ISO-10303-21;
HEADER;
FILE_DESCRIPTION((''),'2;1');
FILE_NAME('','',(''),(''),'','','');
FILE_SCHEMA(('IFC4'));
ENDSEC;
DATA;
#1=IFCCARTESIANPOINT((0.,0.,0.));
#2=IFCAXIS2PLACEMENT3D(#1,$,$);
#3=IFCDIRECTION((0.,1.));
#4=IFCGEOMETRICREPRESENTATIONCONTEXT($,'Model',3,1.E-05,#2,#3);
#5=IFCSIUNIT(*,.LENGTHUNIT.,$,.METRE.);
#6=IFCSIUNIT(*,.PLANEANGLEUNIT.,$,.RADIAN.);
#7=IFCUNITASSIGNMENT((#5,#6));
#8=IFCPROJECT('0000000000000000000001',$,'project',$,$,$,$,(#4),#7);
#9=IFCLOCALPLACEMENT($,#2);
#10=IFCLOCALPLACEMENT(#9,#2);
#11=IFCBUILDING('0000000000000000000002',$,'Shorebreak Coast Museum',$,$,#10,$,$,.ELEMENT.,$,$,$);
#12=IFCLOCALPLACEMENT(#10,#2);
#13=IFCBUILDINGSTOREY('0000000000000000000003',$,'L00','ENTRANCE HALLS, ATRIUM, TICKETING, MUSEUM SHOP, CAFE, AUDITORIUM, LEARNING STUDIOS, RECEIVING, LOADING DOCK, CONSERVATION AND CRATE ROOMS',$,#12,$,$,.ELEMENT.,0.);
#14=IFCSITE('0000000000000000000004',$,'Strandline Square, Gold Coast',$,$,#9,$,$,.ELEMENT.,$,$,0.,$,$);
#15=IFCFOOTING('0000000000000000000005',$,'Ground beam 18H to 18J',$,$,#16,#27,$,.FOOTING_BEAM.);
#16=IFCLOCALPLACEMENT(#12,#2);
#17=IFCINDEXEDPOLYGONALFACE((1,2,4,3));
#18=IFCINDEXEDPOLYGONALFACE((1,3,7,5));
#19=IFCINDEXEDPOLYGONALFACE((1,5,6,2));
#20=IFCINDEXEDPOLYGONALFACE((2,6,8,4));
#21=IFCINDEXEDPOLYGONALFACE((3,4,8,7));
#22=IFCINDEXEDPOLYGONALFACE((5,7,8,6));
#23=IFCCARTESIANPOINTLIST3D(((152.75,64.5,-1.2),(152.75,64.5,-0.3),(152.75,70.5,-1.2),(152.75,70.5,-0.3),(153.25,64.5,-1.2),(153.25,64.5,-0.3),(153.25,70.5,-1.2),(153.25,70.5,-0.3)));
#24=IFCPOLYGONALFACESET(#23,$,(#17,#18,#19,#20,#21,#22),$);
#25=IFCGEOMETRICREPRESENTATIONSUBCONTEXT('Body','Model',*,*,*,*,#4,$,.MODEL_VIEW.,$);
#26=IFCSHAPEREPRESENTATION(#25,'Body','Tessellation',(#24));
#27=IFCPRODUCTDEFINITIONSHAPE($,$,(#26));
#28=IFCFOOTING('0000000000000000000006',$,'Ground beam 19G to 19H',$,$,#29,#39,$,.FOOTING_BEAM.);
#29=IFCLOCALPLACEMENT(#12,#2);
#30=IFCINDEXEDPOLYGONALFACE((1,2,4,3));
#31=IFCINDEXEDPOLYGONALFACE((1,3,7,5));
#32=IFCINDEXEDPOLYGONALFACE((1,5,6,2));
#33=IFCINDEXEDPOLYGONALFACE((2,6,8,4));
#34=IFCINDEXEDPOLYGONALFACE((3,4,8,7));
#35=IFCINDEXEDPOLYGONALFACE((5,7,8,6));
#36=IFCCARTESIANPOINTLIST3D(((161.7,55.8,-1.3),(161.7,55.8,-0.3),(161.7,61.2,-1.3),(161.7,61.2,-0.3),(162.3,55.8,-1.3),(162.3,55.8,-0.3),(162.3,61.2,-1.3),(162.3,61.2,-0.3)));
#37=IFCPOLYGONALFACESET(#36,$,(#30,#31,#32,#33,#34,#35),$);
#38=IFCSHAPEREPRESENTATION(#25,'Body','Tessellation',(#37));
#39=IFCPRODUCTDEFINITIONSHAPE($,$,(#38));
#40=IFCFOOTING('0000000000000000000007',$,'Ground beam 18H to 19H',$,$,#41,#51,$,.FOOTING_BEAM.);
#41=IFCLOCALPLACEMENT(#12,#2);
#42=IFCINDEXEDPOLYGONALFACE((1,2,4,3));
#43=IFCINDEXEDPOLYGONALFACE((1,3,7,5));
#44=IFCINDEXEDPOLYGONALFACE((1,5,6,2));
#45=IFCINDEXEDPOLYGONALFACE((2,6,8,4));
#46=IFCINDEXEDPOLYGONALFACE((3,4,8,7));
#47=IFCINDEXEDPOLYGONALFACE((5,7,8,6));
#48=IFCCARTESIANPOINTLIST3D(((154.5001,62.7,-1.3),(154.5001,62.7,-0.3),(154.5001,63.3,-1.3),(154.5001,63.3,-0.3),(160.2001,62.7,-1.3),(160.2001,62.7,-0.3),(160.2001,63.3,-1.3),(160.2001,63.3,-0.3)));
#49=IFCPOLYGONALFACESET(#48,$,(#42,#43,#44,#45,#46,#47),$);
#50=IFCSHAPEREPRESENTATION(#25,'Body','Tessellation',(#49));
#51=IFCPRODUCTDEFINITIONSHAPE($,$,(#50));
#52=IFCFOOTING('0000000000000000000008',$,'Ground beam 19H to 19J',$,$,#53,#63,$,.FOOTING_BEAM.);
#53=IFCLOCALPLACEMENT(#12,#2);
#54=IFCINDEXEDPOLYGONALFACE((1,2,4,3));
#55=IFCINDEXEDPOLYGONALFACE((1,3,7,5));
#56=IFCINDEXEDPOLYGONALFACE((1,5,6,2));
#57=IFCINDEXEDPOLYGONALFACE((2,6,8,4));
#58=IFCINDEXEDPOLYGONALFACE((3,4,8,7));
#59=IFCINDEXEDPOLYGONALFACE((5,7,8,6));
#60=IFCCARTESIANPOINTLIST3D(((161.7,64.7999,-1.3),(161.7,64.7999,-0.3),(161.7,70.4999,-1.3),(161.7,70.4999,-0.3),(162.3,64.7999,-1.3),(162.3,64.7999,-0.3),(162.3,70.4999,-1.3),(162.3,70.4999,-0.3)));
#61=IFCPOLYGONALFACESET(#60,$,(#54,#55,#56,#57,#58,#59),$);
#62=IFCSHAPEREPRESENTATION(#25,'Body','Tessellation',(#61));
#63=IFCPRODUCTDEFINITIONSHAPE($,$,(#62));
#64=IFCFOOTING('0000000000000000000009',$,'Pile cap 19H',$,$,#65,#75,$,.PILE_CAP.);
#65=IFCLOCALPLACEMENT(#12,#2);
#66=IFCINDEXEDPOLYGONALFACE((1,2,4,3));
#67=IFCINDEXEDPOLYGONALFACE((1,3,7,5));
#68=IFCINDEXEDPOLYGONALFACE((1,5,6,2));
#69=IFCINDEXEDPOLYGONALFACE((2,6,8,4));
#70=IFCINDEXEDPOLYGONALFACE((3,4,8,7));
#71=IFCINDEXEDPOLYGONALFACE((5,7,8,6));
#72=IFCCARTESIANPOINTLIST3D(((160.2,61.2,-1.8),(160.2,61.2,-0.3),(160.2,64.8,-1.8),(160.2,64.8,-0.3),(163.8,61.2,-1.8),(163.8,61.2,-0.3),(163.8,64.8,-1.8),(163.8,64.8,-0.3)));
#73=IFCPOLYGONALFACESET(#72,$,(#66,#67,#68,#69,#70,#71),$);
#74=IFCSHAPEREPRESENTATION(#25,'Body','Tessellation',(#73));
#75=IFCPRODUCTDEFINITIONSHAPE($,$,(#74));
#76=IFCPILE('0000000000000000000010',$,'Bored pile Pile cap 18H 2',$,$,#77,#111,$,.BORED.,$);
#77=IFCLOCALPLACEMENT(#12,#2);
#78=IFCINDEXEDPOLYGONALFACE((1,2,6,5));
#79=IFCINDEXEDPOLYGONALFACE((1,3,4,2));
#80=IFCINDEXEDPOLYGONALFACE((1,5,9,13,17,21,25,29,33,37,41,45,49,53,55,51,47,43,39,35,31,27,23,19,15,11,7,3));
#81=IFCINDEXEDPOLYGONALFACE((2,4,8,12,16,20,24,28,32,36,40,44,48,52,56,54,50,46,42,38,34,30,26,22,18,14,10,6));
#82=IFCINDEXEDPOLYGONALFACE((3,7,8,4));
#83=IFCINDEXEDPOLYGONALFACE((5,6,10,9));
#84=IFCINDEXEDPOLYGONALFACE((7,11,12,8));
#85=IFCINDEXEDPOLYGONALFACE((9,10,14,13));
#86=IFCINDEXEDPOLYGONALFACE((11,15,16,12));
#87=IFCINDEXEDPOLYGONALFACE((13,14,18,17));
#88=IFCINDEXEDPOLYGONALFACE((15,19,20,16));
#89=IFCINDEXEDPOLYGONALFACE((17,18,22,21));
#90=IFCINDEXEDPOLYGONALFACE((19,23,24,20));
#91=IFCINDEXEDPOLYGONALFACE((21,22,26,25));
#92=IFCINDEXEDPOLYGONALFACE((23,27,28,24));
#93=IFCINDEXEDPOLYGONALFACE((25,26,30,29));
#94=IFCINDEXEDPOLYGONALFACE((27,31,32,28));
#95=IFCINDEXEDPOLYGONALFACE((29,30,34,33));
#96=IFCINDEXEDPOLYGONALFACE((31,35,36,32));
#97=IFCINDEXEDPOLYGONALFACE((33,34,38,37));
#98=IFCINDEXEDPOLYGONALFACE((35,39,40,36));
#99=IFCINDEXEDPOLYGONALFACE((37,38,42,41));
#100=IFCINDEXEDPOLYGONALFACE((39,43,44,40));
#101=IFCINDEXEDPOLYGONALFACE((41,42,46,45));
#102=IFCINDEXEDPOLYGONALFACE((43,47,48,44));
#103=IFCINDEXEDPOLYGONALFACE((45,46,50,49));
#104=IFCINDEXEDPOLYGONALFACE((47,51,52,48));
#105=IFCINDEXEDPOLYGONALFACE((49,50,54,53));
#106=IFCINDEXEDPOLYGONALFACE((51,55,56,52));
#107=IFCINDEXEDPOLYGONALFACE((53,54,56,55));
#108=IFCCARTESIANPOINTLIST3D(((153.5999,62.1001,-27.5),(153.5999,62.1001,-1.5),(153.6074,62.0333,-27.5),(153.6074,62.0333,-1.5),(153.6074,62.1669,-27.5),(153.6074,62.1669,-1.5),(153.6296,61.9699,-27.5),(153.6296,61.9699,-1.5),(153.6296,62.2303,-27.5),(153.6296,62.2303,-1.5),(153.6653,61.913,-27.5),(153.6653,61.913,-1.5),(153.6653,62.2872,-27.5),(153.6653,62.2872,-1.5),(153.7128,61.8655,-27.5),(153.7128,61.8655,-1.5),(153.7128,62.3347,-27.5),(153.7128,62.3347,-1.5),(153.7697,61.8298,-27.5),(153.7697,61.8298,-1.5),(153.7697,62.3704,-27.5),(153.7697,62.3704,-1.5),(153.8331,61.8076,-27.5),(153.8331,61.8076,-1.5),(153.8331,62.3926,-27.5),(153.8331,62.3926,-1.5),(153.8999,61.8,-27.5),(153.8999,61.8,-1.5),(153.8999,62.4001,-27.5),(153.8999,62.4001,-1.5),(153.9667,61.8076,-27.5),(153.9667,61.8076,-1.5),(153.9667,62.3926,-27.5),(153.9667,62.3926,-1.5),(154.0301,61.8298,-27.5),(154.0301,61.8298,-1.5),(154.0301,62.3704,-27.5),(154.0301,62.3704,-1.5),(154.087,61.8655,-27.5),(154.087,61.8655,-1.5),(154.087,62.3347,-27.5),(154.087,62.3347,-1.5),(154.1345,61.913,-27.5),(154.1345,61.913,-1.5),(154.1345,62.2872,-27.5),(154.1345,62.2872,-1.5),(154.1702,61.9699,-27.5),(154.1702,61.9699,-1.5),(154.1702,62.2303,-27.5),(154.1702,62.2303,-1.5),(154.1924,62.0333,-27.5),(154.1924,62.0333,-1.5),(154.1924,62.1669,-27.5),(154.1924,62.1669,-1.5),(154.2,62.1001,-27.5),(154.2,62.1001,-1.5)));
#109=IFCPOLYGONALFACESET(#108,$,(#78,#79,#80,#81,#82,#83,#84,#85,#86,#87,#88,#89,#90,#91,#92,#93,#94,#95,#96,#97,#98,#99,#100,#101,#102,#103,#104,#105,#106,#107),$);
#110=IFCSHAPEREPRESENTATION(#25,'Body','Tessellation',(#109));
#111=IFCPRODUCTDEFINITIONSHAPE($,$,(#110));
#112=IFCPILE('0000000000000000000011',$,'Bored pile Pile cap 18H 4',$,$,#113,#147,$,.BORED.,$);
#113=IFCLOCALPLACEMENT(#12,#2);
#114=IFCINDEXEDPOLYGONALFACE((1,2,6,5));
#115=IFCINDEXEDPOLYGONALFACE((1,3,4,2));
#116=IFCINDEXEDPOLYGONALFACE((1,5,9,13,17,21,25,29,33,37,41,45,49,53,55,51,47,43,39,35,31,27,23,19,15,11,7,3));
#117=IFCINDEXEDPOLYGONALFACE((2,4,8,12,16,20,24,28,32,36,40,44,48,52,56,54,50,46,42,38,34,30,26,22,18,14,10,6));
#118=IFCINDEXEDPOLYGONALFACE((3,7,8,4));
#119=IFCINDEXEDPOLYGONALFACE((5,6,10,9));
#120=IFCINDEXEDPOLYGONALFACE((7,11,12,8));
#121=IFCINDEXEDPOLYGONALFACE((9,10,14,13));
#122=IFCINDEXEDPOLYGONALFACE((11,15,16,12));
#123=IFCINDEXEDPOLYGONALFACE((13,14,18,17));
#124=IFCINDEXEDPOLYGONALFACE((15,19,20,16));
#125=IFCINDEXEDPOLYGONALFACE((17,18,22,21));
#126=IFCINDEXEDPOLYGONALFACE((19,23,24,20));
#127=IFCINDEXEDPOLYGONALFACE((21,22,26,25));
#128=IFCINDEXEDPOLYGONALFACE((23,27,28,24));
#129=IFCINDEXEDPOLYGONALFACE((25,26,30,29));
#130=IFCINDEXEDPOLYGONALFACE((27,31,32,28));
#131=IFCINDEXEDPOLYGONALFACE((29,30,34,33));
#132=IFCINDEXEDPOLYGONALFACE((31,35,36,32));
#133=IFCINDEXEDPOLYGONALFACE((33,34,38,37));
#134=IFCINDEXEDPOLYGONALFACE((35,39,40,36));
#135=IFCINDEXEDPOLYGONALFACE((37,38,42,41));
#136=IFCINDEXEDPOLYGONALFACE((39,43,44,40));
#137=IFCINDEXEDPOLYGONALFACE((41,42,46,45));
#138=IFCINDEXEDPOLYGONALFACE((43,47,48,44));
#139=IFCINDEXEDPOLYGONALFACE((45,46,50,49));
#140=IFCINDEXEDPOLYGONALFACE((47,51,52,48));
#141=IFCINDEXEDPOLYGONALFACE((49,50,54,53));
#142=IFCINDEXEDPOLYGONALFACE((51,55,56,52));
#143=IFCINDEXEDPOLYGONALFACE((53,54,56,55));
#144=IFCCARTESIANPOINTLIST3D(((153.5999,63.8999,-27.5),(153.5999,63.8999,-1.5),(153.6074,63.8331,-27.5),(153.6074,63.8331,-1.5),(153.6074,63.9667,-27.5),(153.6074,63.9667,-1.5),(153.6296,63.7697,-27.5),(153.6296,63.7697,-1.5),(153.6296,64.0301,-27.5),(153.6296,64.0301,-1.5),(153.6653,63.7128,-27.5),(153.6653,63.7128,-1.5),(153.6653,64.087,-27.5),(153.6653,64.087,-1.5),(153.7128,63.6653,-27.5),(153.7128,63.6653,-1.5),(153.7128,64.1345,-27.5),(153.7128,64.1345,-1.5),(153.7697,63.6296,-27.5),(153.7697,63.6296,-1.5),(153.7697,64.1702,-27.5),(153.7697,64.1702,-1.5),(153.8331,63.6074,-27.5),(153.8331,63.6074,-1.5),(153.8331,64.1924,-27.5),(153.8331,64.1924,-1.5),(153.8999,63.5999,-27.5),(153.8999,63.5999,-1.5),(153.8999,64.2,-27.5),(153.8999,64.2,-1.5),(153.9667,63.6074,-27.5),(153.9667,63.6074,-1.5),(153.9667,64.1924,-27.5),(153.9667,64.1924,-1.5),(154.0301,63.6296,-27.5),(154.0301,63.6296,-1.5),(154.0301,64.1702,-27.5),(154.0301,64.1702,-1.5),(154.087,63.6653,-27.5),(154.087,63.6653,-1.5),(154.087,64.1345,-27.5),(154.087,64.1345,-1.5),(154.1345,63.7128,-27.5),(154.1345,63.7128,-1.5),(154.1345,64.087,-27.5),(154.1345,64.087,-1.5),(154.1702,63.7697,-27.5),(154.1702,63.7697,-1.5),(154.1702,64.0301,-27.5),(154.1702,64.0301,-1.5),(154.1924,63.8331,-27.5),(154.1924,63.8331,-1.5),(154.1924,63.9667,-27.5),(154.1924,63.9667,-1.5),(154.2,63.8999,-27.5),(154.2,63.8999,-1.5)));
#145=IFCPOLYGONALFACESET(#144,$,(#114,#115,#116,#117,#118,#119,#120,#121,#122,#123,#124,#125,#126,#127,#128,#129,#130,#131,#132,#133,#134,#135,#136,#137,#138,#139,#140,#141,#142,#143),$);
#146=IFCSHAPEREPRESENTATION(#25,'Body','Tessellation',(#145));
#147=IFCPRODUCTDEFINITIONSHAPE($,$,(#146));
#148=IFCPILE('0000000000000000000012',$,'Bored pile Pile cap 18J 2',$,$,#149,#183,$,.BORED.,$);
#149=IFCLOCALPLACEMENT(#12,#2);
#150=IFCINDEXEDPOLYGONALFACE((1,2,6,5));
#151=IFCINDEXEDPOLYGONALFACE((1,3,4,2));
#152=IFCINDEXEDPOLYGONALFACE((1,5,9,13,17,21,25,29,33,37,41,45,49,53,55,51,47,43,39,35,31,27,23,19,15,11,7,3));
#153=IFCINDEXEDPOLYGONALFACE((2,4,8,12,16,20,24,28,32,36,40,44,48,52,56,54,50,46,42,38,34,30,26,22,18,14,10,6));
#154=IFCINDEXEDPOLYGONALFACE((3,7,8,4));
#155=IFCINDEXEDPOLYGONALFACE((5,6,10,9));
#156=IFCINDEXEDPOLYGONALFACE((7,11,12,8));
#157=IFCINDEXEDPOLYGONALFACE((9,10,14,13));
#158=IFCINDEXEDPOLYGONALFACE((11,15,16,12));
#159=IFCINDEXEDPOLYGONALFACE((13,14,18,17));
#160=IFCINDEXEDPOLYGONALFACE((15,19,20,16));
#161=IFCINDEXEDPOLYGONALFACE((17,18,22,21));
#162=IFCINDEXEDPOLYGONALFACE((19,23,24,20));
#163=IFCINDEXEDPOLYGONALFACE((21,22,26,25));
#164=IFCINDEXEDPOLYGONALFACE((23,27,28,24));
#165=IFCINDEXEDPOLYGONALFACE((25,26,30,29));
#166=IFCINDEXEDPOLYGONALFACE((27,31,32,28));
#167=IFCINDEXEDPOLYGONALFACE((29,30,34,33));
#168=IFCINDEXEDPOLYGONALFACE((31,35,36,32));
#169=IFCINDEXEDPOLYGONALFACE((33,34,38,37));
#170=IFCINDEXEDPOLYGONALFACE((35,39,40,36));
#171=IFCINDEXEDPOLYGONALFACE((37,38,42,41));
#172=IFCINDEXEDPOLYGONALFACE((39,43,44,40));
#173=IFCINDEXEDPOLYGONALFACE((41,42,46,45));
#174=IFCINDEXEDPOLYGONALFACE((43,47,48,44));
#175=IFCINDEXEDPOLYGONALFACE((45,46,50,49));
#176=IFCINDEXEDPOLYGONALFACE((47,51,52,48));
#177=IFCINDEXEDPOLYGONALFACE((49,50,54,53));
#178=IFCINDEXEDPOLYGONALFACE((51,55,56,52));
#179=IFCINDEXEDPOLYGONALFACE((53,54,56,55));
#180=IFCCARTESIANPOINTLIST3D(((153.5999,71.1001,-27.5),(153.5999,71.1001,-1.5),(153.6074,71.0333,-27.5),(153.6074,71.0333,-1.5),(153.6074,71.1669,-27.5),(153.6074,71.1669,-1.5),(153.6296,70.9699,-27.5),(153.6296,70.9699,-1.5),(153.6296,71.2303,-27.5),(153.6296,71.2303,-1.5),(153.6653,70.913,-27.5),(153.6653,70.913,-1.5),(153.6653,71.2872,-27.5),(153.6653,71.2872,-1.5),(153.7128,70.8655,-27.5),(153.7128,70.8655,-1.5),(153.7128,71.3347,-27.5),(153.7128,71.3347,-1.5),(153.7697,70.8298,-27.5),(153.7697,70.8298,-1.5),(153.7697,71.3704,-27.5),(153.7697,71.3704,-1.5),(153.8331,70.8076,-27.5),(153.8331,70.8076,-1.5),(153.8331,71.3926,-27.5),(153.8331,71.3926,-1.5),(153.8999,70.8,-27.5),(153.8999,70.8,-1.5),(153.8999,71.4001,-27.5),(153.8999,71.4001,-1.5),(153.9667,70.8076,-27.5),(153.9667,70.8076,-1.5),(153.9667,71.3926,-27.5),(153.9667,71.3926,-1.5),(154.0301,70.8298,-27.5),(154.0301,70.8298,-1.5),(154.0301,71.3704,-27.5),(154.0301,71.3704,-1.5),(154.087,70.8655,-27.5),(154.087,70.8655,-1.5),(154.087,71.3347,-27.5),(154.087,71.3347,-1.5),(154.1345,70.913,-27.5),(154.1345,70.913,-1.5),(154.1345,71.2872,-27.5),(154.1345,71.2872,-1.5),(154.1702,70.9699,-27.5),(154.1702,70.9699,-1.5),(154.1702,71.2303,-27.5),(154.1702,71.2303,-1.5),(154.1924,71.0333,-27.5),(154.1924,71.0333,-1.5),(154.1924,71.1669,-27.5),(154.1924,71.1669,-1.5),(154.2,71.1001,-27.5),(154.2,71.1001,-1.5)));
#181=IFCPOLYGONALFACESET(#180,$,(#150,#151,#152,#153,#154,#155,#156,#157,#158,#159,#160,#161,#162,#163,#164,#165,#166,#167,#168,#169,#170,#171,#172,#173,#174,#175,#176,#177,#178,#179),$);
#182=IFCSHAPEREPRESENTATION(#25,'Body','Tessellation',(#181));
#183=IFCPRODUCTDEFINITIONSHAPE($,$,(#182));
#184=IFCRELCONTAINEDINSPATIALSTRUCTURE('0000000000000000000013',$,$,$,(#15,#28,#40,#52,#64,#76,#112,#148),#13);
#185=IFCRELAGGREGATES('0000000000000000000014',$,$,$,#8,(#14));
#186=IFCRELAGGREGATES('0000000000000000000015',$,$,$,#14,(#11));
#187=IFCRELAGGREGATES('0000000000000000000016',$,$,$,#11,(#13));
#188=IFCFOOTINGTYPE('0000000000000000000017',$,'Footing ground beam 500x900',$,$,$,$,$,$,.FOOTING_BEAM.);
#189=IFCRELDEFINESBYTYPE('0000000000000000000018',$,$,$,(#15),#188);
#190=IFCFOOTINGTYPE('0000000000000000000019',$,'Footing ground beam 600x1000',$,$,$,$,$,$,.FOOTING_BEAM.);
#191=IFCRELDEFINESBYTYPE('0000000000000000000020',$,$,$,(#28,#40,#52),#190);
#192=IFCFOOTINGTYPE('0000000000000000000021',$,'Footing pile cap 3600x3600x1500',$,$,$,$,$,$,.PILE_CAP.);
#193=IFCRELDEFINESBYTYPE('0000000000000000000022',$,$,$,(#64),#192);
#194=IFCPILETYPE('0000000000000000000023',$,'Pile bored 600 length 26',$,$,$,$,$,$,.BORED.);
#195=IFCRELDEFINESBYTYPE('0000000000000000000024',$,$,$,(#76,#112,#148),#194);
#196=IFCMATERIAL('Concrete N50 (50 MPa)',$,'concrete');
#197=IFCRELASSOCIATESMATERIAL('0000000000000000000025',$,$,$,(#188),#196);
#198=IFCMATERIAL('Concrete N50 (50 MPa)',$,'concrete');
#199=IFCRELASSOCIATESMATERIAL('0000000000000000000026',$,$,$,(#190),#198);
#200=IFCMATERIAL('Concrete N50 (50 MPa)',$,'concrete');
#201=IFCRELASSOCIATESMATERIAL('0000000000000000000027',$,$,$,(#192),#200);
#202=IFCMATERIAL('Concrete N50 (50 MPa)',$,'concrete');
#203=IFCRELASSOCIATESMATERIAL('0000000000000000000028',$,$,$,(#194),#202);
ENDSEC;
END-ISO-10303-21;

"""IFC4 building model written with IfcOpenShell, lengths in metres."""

from ifc_helpers import new_model, si_unit, direction, frame, origin, origin_2d, place, context, subcontext, project, spatial, rectangle, circle, extrude, material, material_profile, profile_set, type_object, element, save


model = new_model("IFC4")

# Units and contexts
model_context = context("Model", 3, precision=1e-05, world=origin(), true_north=direction((0.0, 1.0)))
body_context = subcontext(model_context, "Body", "Model", "MODEL_VIEW")
ifc_project = project(units=[si_unit("LENGTHUNIT", "METRE"), si_unit("PLANEANGLEUNIT", "RADIAN")], contexts=[model_context])

# Site, building, storey
site_placement = place(None, origin())
site = spatial("IfcSite", under=ifc_project, at=site_placement, Name="Strandline Square, Gold Coast", CompositionType="ELEMENT", RefElevation=0.0)
building_placement = place(site_placement, origin())
building = spatial("IfcBuilding", under=site, at=building_placement, Name="Shorebreak Coast Museum", CompositionType="ELEMENT")
storey_placement = place(building_placement, origin())
storey = spatial("IfcBuildingStorey", under=building, at=storey_placement, Name="L00", Description="ENTRANCE HALLS, ATRIUM, TICKETING, MUSEUM SHOP, CAFE, AUDITORIUM, LEARNING STUDIOS, RECEIVING, LOADING DOCK, CONSERVATION AND CRATE ROOMS", CompositionType="ELEMENT", Elevation=0.0)

# Footings
ifc_material_1 = material(Name="Concrete N50 (50 MPa)", Category="concrete")
footing_type_1 = type_object("IfcFootingType", Name="Footing ground beam 500x900", PredefinedType="FOOTING_BEAM", material=ifc_material_1)
footing_1_placement = place(storey_placement, frame((153.0, 67.5, -1.2), z_axis=(0.0, 0.0, 1.0), x_axis=(1.0, 0.0, 0.0)))
element("IfcFooting", 1, at=footing_1_placement, inside=storey, type_object=footing_type_1, Name="Ground beam 18H to 18J", PredefinedType="FOOTING_BEAM", context=body_context, shape_type="SweptSolid", body=[
    extrude(rectangle(XDim=0.5, YDim=6.0, at=origin_2d()), origin(), (0.0, 0.0, 1.0), 0.8999),
])
ifc_material_2 = material(Name="Concrete N50 (50 MPa)", Category="concrete")
footing_type_2 = type_object("IfcFootingType", Name="Footing ground beam 600x1000", PredefinedType="FOOTING_BEAM", material=ifc_material_2)
footing_2_placement = place(storey_placement, frame((162.0, 58.5, -1.3), z_axis=(0.0, 0.0, 1.0), x_axis=(1.0, 0.0, 0.0)))
element("IfcFooting", 2, at=footing_2_placement, inside=storey, type_object=footing_type_2, Name="Ground beam 19G to 19H", PredefinedType="FOOTING_BEAM", context=body_context, shape_type="SweptSolid", body=[
    extrude(rectangle(XDim=0.6001, YDim=5.3999, at=origin_2d()), origin(), (0.0, 0.0, 1.0), 1.0),
])
footing_3_placement = place(storey_placement, frame((157.3501, 63.0, -1.3), z_axis=(0.0, 0.0, 1.0), x_axis=(1.0, 0.0, 0.0)))
element("IfcFooting", 3, at=footing_3_placement, inside=storey, type_object=footing_type_2, Name="Ground beam 18H to 19H", PredefinedType="FOOTING_BEAM", context=body_context, shape_type="SweptSolid", body=[
    extrude(rectangle(XDim=5.7, YDim=0.6001, at=origin_2d()), origin(), (0.0, 0.0, 1.0), 1.0),
])
footing_4_placement = place(storey_placement, frame((162.0, 67.6499, -1.3), z_axis=(0.0, 0.0, 1.0), x_axis=(1.0, 0.0, 0.0)))
element("IfcFooting", 4, at=footing_4_placement, inside=storey, type_object=footing_type_2, Name="Ground beam 19H to 19J", PredefinedType="FOOTING_BEAM", context=body_context, shape_type="SweptSolid", body=[
    extrude(rectangle(XDim=0.6001, YDim=5.7, at=origin_2d()), origin(), (0.0, 0.0, 1.0), 1.0),
])
ifc_material_3 = material(Name="Concrete N50 (50 MPa)", Category="concrete")
footing_type_3 = type_object("IfcFootingType", Name="Footing pile cap 3600x3600x1500", PredefinedType="PILE_CAP", material=ifc_material_3)
footing_5_placement = place(storey_placement, frame((162.0, 63.0, -1.8), z_axis=(0.0, 0.0, 1.0), x_axis=(1.0, 0.0, 0.0)))
element("IfcFooting", 5, at=footing_5_placement, inside=storey, type_object=footing_type_3, Name="Pile cap 19H", PredefinedType="PILE_CAP", context=body_context, shape_type="SweptSolid", body=[
    extrude(rectangle(XDim=3.6001, YDim=3.6001, at=origin_2d()), origin(), (0.0, 0.0, 1.0), 1.5),
])

# Piles
ifc_material_4 = material(Name="Concrete N50 (50 MPa)", Category="concrete")
ifc_material_profile_1 = material_profile(ifc_material_4, circle(Radius=0.3, at=origin_2d()), Name="Pile bored 600 length 26")
ifc_profile_set_1 = profile_set([ifc_material_profile_1], Name="Concrete N50 (50 MPa)")
pile_type_1 = type_object("IfcPileType", Name="Pile bored 600 length 26", PredefinedType="BORED", material=ifc_profile_set_1)
for number, where, z_axis, x_axis, name in (
    (6, (153.8999, 62.1001, -1.5), (0.0, 0.0, -1.0), (1.0, 0.0, 0.0), "Bored pile Pile cap 18H 2"),
    (7, (153.8999, 63.8999, -1.5), (0.0, 0.0, -1.0), (1.0, 0.0, 0.0), "Bored pile Pile cap 18H 4"),
    (8, (153.8999, 71.1001, -1.5), (0.0, 0.0, -1.0), (1.0, 0.0, 0.0), "Bored pile Pile cap 18J 2"),
):
    element("IfcPile", number, at=place(storey_placement, frame(where, z_axis=z_axis, x_axis=x_axis)), inside=storey, type_object=pile_type_1, Name=name, PredefinedType="BORED", context=body_context, shape_type="SweptSolid", body=[
        extrude(circle(Radius=0.3, at=origin_2d()), origin(), (0.0, 0.0, 1.0), 26.0),
    ])

save(model, "model.ifc")
